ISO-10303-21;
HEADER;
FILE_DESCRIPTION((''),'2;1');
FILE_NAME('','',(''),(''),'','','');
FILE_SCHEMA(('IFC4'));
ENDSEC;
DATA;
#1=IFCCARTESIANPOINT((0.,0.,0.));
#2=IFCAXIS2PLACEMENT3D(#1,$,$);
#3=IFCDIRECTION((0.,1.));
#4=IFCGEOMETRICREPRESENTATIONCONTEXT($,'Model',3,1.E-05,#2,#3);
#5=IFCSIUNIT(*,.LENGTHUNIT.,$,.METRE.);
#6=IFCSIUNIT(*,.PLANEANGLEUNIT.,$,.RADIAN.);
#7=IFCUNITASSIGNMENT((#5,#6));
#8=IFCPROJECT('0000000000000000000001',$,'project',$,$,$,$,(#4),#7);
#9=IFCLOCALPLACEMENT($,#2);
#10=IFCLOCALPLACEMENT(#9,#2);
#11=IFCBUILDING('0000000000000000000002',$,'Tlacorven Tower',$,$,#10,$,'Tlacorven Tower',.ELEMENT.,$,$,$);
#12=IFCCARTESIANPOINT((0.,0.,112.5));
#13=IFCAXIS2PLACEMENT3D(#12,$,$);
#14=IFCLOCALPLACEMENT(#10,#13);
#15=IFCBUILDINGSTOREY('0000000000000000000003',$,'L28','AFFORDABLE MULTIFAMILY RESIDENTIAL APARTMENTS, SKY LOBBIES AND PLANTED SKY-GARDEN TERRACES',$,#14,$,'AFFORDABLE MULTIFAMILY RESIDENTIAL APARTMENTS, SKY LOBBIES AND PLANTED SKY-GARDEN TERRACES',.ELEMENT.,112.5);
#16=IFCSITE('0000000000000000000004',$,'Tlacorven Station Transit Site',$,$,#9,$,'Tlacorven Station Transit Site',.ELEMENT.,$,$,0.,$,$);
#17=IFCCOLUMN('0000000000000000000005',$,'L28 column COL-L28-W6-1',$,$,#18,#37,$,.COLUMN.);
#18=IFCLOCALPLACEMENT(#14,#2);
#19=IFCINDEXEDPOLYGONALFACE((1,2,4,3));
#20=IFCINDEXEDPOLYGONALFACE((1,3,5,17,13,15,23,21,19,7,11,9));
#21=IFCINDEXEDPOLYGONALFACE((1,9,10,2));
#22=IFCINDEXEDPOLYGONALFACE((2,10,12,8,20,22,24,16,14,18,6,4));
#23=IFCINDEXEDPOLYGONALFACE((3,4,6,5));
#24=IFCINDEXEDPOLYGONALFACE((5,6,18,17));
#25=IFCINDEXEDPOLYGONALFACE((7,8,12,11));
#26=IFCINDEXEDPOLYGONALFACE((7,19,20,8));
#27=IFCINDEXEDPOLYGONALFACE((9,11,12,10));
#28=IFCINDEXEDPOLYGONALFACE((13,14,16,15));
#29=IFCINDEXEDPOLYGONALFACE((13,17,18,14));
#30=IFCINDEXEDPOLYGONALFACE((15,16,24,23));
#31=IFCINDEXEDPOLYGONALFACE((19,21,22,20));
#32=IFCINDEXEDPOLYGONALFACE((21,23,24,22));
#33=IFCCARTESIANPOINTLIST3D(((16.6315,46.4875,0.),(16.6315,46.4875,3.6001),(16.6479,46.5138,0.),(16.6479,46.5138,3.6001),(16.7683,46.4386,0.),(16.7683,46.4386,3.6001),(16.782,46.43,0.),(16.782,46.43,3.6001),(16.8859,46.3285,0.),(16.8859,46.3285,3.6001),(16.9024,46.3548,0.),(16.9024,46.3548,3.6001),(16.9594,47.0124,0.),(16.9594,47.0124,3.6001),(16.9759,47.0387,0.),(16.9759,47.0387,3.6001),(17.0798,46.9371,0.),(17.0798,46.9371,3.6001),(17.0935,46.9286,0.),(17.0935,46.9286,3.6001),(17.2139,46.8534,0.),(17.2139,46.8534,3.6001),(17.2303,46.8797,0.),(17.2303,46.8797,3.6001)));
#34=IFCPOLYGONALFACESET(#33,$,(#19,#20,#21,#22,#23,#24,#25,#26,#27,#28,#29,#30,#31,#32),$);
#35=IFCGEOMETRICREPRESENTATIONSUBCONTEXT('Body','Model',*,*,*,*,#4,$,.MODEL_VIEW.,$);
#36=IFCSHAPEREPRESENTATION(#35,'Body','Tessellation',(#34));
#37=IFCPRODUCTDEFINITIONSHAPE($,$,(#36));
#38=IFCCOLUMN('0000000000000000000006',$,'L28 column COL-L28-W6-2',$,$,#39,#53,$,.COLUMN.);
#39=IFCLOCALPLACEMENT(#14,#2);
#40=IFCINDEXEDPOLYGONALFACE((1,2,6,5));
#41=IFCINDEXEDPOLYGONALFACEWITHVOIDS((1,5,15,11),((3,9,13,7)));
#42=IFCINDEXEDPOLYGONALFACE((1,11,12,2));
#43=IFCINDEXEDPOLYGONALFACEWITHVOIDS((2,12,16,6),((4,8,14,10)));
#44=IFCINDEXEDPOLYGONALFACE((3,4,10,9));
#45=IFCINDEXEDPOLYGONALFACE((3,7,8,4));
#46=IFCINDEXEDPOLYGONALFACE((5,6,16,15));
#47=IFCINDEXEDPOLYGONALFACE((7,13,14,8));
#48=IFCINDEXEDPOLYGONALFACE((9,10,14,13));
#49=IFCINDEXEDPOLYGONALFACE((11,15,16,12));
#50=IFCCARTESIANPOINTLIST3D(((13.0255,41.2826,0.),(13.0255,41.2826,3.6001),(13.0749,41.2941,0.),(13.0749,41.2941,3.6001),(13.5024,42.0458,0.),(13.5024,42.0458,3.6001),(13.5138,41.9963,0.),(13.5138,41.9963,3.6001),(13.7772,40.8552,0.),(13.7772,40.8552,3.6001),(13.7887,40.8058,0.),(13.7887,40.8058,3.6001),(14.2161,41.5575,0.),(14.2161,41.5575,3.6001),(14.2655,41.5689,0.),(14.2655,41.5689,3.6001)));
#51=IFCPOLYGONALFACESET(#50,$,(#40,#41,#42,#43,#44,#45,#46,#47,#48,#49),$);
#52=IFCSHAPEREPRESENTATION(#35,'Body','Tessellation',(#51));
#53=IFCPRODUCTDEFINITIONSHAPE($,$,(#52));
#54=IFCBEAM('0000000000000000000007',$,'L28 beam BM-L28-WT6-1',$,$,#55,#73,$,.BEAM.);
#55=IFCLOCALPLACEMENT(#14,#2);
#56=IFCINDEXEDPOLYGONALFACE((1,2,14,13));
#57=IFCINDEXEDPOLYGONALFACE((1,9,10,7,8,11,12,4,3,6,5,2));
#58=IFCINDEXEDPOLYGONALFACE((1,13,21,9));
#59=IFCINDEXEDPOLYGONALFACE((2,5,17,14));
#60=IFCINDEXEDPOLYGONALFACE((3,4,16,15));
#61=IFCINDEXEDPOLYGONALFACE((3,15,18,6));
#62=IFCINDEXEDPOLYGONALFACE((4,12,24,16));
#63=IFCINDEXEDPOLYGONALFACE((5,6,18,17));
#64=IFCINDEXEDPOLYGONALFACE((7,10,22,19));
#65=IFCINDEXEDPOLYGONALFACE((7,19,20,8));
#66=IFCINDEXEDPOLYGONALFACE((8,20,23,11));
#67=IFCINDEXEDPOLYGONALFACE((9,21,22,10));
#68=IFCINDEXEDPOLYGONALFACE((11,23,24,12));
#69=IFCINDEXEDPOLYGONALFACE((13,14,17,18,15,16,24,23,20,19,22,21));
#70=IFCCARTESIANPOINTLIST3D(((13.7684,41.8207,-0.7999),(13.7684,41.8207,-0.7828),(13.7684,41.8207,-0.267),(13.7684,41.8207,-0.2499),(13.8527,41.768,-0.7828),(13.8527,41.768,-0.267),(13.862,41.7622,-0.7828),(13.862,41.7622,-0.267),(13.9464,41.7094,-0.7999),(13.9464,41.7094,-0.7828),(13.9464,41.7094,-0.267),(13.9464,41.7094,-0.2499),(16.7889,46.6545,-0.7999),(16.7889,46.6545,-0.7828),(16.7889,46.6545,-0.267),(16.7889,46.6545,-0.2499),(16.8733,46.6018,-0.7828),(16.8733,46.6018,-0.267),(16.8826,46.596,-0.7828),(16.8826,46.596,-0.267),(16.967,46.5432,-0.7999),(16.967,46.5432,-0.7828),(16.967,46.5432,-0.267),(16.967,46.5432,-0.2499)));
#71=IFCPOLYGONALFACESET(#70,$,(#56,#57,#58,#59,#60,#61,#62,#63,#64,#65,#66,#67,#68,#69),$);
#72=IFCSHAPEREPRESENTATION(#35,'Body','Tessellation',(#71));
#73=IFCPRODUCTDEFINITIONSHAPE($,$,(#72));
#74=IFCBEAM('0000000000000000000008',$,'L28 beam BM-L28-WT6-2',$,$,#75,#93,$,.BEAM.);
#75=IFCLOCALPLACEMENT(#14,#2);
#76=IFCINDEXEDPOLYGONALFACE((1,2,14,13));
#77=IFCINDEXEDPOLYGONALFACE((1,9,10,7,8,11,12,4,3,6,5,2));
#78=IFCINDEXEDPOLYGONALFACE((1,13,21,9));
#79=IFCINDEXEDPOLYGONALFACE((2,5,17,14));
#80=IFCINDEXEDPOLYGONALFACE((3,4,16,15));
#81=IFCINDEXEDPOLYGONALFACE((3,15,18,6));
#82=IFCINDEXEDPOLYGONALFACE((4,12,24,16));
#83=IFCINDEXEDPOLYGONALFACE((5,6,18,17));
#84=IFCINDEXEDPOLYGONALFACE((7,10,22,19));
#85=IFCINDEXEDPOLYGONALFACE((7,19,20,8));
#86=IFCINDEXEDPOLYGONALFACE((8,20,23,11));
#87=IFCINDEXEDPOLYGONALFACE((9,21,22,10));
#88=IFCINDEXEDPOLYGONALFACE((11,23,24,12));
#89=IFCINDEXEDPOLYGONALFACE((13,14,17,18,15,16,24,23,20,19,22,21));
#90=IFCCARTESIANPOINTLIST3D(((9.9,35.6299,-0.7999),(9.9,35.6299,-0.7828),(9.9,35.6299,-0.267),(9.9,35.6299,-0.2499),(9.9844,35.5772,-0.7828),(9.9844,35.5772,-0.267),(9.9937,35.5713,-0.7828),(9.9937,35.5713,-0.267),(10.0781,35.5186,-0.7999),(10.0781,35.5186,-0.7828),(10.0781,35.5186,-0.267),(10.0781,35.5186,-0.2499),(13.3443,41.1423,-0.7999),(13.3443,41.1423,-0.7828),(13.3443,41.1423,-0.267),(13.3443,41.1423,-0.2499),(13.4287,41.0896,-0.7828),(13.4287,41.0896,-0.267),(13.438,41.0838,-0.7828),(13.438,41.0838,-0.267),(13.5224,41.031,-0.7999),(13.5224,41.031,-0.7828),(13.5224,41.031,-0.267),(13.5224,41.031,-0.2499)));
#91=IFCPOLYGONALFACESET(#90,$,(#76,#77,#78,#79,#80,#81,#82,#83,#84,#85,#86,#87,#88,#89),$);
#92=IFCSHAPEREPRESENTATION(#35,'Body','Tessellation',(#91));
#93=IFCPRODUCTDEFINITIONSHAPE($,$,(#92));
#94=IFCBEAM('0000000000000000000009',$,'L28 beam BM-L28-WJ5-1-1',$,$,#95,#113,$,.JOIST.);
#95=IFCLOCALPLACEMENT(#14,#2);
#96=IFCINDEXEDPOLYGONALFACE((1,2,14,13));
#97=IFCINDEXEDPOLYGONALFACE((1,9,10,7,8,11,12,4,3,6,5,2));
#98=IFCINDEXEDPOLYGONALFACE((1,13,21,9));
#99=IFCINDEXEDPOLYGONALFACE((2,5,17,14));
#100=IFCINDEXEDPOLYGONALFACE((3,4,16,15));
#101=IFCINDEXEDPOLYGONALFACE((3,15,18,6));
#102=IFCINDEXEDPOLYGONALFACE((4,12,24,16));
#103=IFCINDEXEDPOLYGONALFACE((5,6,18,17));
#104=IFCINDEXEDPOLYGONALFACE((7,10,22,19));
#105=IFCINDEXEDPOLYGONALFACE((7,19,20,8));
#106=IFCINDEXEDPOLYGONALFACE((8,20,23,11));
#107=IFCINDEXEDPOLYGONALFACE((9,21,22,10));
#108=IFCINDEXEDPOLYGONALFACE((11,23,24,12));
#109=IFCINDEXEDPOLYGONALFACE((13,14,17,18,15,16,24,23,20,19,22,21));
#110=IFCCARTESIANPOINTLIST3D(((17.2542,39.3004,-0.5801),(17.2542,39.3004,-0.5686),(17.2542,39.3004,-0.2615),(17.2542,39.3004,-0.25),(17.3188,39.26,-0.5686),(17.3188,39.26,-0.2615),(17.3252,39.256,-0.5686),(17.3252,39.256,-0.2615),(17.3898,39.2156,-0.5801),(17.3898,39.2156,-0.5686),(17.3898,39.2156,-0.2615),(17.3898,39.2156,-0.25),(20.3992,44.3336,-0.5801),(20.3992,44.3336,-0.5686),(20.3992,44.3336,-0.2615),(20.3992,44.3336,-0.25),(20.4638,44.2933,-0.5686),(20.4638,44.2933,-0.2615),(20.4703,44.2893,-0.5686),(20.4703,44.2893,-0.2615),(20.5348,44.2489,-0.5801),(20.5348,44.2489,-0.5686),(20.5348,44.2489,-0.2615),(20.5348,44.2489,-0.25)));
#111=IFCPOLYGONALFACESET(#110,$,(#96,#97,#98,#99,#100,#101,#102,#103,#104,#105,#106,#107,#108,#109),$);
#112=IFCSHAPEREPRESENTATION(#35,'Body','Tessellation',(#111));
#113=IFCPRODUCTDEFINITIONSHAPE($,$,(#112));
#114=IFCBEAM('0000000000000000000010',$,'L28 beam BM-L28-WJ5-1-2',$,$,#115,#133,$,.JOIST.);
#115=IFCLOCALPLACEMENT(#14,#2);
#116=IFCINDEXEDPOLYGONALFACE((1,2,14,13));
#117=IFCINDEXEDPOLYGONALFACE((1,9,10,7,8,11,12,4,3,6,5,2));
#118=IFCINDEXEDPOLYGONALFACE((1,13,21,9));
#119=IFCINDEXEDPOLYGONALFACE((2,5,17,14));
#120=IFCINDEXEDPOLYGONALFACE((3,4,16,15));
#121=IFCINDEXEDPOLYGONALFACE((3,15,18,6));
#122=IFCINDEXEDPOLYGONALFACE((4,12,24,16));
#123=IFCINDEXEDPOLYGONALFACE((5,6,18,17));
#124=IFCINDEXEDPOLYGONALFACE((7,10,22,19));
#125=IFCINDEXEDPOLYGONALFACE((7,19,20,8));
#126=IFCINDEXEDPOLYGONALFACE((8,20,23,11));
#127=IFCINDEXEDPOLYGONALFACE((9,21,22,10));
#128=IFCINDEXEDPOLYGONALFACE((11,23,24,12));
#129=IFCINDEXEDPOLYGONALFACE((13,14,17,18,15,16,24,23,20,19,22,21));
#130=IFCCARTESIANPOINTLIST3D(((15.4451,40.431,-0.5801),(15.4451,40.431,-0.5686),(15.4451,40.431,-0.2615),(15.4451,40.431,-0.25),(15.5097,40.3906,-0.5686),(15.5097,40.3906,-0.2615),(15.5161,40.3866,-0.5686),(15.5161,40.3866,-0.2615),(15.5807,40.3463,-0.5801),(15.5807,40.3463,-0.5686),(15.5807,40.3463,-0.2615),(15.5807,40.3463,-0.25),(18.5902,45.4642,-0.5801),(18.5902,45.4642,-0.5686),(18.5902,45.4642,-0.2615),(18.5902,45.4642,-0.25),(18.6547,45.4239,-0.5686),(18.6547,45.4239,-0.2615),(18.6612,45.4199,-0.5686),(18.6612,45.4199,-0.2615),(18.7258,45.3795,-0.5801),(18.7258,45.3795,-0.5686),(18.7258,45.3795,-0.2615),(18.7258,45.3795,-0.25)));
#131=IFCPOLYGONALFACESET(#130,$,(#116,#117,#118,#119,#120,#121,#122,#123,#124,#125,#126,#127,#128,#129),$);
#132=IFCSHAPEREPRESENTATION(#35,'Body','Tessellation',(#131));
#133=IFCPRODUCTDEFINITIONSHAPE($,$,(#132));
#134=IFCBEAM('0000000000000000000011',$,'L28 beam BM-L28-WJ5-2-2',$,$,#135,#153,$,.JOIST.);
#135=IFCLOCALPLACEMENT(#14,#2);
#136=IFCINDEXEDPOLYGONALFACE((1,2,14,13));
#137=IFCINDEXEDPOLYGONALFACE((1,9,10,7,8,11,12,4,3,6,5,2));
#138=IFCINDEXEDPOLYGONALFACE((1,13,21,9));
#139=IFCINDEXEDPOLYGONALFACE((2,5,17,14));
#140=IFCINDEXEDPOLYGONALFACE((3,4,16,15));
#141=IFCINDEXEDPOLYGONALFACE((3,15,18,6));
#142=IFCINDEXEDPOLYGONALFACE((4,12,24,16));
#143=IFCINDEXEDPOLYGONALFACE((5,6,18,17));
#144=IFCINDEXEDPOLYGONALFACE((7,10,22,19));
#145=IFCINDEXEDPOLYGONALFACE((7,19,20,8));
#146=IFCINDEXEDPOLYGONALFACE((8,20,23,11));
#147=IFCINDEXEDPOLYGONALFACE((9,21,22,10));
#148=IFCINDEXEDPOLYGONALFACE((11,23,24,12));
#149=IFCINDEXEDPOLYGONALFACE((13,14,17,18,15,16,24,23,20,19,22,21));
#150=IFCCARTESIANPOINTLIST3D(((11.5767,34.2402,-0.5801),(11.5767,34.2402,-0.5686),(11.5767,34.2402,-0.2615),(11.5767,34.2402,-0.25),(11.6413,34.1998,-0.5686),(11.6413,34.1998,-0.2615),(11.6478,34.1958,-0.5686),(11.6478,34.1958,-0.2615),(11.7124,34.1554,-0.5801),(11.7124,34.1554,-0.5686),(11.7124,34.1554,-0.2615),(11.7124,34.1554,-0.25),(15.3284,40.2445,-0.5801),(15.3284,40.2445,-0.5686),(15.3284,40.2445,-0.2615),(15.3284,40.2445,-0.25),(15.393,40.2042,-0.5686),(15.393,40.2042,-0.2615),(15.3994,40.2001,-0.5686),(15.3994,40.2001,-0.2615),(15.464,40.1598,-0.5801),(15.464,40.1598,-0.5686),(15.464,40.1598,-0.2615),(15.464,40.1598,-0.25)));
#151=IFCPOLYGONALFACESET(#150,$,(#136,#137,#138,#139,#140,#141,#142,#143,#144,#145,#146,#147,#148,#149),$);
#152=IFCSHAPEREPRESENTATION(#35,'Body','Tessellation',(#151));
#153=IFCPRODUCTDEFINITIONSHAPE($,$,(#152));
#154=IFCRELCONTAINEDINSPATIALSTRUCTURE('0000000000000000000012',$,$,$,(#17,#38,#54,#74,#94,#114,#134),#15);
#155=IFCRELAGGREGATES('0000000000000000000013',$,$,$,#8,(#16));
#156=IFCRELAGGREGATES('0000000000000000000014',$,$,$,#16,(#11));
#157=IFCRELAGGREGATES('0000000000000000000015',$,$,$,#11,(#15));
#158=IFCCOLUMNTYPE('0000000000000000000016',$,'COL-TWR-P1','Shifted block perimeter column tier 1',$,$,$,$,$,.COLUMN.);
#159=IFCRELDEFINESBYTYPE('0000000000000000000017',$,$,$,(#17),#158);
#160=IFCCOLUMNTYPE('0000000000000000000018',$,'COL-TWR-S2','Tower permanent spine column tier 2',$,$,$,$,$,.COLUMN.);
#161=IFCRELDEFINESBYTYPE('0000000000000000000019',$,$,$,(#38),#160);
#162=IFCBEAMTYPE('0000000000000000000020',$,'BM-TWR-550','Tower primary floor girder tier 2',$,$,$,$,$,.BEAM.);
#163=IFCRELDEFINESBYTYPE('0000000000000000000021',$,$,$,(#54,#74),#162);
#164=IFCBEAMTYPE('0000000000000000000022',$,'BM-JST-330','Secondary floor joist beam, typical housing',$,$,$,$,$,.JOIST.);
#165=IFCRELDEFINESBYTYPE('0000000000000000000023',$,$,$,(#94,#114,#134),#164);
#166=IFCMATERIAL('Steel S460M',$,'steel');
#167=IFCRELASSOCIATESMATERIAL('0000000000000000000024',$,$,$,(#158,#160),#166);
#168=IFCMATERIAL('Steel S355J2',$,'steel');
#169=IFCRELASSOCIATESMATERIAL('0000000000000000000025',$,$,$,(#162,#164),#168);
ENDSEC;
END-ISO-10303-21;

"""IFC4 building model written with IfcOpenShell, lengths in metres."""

from ifc_helpers import new_model, si_unit, direction, frame, origin, origin_2d, place, context, subcontext, project, spatial, hollow_rectangle, i_section, extrude, source, transform, mapped, material, material_profile, profile_set, type_object, element, save


model = new_model("IFC4")

# Units and contexts
model_context = context("Model", 3, precision=1e-05, world=origin(), true_north=direction((0.0, 1.0)))
body_context = subcontext(model_context, "Body", "Model", "MODEL_VIEW")
ifc_project = project(units=[si_unit("LENGTHUNIT", "METRE"), si_unit("PLANEANGLEUNIT", "RADIAN")], contexts=[model_context])

# Site, building, storey
site_placement = place(None, origin())
site = spatial("IfcSite", under=ifc_project, at=site_placement, Name="Tlacorven Station Transit Site", LongName="Tlacorven Station Transit Site", CompositionType="ELEMENT", RefElevation=0.0)
building_placement = place(site_placement, origin())
building = spatial("IfcBuilding", under=site, at=building_placement, Name="Tlacorven Tower", LongName="Tlacorven Tower", CompositionType="ELEMENT")
storey_placement = place(building_placement, frame((0.0, 0.0, 112.5)))
storey = spatial("IfcBuildingStorey", under=building, at=storey_placement, Name="L28", Description="AFFORDABLE MULTIFAMILY RESIDENTIAL APARTMENTS, SKY LOBBIES AND PLANTED SKY-GARDEN TERRACES", LongName="AFFORDABLE MULTIFAMILY RESIDENTIAL APARTMENTS, SKY LOBBIES AND PLANTED SKY-GARDEN TERRACES", CompositionType="ELEMENT", Elevation=112.5)

# Columns
ifc_material_1 = material(Name="Steel S460M", Category="steel")
ifc_material_profile_1 = material_profile(ifc_material_1, i_section(OverallWidth=0.3, OverallDepth=0.6499, WebThickness=0.0161, FlangeThickness=0.031, at=origin_2d()), Name="HEB 650")
ifc_profile_set_1 = profile_set([ifc_material_profile_1], Name="Steel S460M")
column_type_1 = type_object("IfcColumnType", Name="COL-TWR-P1", Description="Shifted block perimeter column tier 1", PredefinedType="COLUMN", material=ifc_profile_set_1)
shared_shape_1 = source(origin(), body_context, "Body", "SweptSolid", [
    extrude(i_section(OverallWidth=0.3, OverallDepth=0.6499, WebThickness=0.0161, FlangeThickness=0.031, at=origin_2d()), origin(), (0.0, 0.0, 1.0), 3.6001),
])
column_1_placement = place(storey_placement, frame((16.9309, 46.6836, 0.0), z_axis=(0.0, 0.0, 1.0), x_axis=(-0.848048, 0.529919, 0.0)))
element("IfcColumn", 1, at=column_1_placement, inside=storey, type_object=column_type_1, Name="L28 column COL-L28-W6-1", PredefinedType="COLUMN", context=body_context, shape_type="MappedRepresentation", body=[
    mapped(shared_shape_1, transform((0.0, 0.0, 0.0), scale=1.0)),
])
ifc_material_profile_2 = material_profile(ifc_material_1, hollow_rectangle(XDim=0.8999, YDim=0.8999, WallThickness=0.0359, at=origin_2d()), Name="BOX 900X900X36")
ifc_profile_set_2 = profile_set([ifc_material_profile_2], Name="Steel S460M")
column_type_2 = type_object("IfcColumnType", Name="COL-TWR-S2", Description="Tower permanent spine column tier 2", PredefinedType="COLUMN", material=ifc_profile_set_2)
shared_shape_2 = source(origin(), body_context, "Body", "SweptSolid", [
    extrude(hollow_rectangle(XDim=0.8999, YDim=0.8999, WallThickness=0.0359, at=origin_2d()), origin(), (0.0, 0.0, 1.0), 3.6001),
])
column_2_placement = place(storey_placement, frame((13.6455, 41.4258, 0.0), z_axis=(0.0, 0.0, 1.0), x_axis=(-0.848048, 0.529919, 0.0)))
element("IfcColumn", 2, at=column_2_placement, inside=storey, type_object=column_type_2, Name="L28 column COL-L28-W6-2", PredefinedType="COLUMN", context=body_context, shape_type="MappedRepresentation", body=[
    mapped(shared_shape_2, transform((0.0, 0.0, 0.0), scale=1.0)),
])

# Beams
ifc_material_2 = material(Name="Steel S355J2", Category="steel")
ifc_material_profile_3 = material_profile(ifc_material_2, i_section(OverallWidth=0.21, OverallDepth=0.55, WebThickness=0.011, FlangeThickness=0.0171, at=origin_2d()), Name="IPE 550")
ifc_profile_set_3 = profile_set([ifc_material_profile_3], Name="Steel S355J2")
beam_type_1 = type_object("IfcBeamType", Name="BM-TWR-550", Description="Tower primary floor girder tier 2", PredefinedType="BEAM", material=ifc_profile_set_3)
shared_shape_3 = source(origin(), body_context, "Body", "SweptSolid", [
    extrude(i_section(OverallWidth=0.21, OverallDepth=0.55, WebThickness=0.011, FlangeThickness=0.0171, at=origin_2d()), origin(), (0.0, 0.0, 1.0), 5.7),
])
beam_1_placement = place(storey_placement, frame((16.8779, 46.5989, -0.5249), z_axis=(-0.529926, -0.848044, 0.0), x_axis=(0.848044, -0.529926, 0.0)))
element("IfcBeam", 3, at=beam_1_placement, inside=storey, type_object=beam_type_1, Name="L28 beam BM-L28-WT6-1", PredefinedType="BEAM", context=body_context, shape_type="MappedRepresentation", body=[
    mapped(shared_shape_3, transform((0.0, 0.0, 0.0), scale=1.0)),
])
shared_shape_4 = source(origin(), body_context, "Body", "SweptSolid", [
    extrude(i_section(OverallWidth=0.21, OverallDepth=0.55, WebThickness=0.011, FlangeThickness=0.0171, at=origin_2d()), origin(), (0.0, 0.0, 1.0), 6.5),
])
beam_2_placement = place(storey_placement, frame((13.4333, 41.0867, -0.5249), z_axis=(-0.529894, -0.848064, 0.0), x_axis=(0.848064, -0.529894, 0.0)))
element("IfcBeam", 4, at=beam_2_placement, inside=storey, type_object=beam_type_1, Name="L28 beam BM-L28-WT6-2", PredefinedType="BEAM", context=body_context, shape_type="MappedRepresentation", body=[
    mapped(shared_shape_4, transform((0.0, 0.0, 0.0), scale=1.0)),
])
ifc_material_profile_4 = material_profile(ifc_material_2, i_section(OverallWidth=0.1599, OverallDepth=0.3301, WebThickness=0.0076, FlangeThickness=0.0115, at=origin_2d()), Name="IPE 330")
ifc_profile_set_4 = profile_set([ifc_material_profile_4], Name="Steel S355J2")
beam_type_2 = type_object("IfcBeamType", Name="BM-JST-330", Description="Secondary floor joist beam, typical housing", PredefinedType="JOIST", material=ifc_profile_set_4)
shared_shape_5 = source(origin(), body_context, "Body", "SweptSolid", [
    extrude(i_section(OverallWidth=0.1599, OverallDepth=0.3301, WebThickness=0.0076, FlangeThickness=0.0115, at=origin_2d()), origin(), (0.0, 0.0, 1.0), 5.9351),
])
for number, where, z_axis, x_axis, name in (
    (5, (20.467, 44.2913, -0.415), (-0.52991, -0.848054, 0.0), (0.848054, -0.52991, 0.0), "L28 beam BM-L28-WJ5-1-1"),
    (6, (18.658, 45.4219, -0.415), (-0.52991, -0.848054, 0.0), (0.848054, -0.52991, 0.0), "L28 beam BM-L28-WJ5-1-2"),
):
    element("IfcBeam", number, at=place(storey_placement, frame(where, z_axis=z_axis, x_axis=x_axis)), inside=storey, type_object=beam_type_2, Name=name, PredefinedType="JOIST", context=body_context, shape_type="MappedRepresentation", body=[
        mapped(shared_shape_5, transform((0.0, 0.0, 0.0), scale=1.0)),
    ])
shared_shape_6 = source(origin(), body_context, "Body", "SweptSolid", [
    extrude(i_section(OverallWidth=0.1599, OverallDepth=0.3301, WebThickness=0.0076, FlangeThickness=0.0115, at=origin_2d()), origin(), (0.0, 0.0, 1.0), 7.0801),
])
beam_3_placement = place(storey_placement, frame((15.3962, 40.2021, -0.415), z_axis=(-0.529894, -0.848064, 0.0), x_axis=(0.848064, -0.529894, 0.0)))
element("IfcBeam", 7, at=beam_3_placement, inside=storey, type_object=beam_type_2, Name="L28 beam BM-L28-WJ5-2-2", PredefinedType="JOIST", context=body_context, shape_type="MappedRepresentation", body=[
    mapped(shared_shape_6, transform((0.0, 0.0, 0.0), scale=1.0)),
])

save(model, "model.ifc")
